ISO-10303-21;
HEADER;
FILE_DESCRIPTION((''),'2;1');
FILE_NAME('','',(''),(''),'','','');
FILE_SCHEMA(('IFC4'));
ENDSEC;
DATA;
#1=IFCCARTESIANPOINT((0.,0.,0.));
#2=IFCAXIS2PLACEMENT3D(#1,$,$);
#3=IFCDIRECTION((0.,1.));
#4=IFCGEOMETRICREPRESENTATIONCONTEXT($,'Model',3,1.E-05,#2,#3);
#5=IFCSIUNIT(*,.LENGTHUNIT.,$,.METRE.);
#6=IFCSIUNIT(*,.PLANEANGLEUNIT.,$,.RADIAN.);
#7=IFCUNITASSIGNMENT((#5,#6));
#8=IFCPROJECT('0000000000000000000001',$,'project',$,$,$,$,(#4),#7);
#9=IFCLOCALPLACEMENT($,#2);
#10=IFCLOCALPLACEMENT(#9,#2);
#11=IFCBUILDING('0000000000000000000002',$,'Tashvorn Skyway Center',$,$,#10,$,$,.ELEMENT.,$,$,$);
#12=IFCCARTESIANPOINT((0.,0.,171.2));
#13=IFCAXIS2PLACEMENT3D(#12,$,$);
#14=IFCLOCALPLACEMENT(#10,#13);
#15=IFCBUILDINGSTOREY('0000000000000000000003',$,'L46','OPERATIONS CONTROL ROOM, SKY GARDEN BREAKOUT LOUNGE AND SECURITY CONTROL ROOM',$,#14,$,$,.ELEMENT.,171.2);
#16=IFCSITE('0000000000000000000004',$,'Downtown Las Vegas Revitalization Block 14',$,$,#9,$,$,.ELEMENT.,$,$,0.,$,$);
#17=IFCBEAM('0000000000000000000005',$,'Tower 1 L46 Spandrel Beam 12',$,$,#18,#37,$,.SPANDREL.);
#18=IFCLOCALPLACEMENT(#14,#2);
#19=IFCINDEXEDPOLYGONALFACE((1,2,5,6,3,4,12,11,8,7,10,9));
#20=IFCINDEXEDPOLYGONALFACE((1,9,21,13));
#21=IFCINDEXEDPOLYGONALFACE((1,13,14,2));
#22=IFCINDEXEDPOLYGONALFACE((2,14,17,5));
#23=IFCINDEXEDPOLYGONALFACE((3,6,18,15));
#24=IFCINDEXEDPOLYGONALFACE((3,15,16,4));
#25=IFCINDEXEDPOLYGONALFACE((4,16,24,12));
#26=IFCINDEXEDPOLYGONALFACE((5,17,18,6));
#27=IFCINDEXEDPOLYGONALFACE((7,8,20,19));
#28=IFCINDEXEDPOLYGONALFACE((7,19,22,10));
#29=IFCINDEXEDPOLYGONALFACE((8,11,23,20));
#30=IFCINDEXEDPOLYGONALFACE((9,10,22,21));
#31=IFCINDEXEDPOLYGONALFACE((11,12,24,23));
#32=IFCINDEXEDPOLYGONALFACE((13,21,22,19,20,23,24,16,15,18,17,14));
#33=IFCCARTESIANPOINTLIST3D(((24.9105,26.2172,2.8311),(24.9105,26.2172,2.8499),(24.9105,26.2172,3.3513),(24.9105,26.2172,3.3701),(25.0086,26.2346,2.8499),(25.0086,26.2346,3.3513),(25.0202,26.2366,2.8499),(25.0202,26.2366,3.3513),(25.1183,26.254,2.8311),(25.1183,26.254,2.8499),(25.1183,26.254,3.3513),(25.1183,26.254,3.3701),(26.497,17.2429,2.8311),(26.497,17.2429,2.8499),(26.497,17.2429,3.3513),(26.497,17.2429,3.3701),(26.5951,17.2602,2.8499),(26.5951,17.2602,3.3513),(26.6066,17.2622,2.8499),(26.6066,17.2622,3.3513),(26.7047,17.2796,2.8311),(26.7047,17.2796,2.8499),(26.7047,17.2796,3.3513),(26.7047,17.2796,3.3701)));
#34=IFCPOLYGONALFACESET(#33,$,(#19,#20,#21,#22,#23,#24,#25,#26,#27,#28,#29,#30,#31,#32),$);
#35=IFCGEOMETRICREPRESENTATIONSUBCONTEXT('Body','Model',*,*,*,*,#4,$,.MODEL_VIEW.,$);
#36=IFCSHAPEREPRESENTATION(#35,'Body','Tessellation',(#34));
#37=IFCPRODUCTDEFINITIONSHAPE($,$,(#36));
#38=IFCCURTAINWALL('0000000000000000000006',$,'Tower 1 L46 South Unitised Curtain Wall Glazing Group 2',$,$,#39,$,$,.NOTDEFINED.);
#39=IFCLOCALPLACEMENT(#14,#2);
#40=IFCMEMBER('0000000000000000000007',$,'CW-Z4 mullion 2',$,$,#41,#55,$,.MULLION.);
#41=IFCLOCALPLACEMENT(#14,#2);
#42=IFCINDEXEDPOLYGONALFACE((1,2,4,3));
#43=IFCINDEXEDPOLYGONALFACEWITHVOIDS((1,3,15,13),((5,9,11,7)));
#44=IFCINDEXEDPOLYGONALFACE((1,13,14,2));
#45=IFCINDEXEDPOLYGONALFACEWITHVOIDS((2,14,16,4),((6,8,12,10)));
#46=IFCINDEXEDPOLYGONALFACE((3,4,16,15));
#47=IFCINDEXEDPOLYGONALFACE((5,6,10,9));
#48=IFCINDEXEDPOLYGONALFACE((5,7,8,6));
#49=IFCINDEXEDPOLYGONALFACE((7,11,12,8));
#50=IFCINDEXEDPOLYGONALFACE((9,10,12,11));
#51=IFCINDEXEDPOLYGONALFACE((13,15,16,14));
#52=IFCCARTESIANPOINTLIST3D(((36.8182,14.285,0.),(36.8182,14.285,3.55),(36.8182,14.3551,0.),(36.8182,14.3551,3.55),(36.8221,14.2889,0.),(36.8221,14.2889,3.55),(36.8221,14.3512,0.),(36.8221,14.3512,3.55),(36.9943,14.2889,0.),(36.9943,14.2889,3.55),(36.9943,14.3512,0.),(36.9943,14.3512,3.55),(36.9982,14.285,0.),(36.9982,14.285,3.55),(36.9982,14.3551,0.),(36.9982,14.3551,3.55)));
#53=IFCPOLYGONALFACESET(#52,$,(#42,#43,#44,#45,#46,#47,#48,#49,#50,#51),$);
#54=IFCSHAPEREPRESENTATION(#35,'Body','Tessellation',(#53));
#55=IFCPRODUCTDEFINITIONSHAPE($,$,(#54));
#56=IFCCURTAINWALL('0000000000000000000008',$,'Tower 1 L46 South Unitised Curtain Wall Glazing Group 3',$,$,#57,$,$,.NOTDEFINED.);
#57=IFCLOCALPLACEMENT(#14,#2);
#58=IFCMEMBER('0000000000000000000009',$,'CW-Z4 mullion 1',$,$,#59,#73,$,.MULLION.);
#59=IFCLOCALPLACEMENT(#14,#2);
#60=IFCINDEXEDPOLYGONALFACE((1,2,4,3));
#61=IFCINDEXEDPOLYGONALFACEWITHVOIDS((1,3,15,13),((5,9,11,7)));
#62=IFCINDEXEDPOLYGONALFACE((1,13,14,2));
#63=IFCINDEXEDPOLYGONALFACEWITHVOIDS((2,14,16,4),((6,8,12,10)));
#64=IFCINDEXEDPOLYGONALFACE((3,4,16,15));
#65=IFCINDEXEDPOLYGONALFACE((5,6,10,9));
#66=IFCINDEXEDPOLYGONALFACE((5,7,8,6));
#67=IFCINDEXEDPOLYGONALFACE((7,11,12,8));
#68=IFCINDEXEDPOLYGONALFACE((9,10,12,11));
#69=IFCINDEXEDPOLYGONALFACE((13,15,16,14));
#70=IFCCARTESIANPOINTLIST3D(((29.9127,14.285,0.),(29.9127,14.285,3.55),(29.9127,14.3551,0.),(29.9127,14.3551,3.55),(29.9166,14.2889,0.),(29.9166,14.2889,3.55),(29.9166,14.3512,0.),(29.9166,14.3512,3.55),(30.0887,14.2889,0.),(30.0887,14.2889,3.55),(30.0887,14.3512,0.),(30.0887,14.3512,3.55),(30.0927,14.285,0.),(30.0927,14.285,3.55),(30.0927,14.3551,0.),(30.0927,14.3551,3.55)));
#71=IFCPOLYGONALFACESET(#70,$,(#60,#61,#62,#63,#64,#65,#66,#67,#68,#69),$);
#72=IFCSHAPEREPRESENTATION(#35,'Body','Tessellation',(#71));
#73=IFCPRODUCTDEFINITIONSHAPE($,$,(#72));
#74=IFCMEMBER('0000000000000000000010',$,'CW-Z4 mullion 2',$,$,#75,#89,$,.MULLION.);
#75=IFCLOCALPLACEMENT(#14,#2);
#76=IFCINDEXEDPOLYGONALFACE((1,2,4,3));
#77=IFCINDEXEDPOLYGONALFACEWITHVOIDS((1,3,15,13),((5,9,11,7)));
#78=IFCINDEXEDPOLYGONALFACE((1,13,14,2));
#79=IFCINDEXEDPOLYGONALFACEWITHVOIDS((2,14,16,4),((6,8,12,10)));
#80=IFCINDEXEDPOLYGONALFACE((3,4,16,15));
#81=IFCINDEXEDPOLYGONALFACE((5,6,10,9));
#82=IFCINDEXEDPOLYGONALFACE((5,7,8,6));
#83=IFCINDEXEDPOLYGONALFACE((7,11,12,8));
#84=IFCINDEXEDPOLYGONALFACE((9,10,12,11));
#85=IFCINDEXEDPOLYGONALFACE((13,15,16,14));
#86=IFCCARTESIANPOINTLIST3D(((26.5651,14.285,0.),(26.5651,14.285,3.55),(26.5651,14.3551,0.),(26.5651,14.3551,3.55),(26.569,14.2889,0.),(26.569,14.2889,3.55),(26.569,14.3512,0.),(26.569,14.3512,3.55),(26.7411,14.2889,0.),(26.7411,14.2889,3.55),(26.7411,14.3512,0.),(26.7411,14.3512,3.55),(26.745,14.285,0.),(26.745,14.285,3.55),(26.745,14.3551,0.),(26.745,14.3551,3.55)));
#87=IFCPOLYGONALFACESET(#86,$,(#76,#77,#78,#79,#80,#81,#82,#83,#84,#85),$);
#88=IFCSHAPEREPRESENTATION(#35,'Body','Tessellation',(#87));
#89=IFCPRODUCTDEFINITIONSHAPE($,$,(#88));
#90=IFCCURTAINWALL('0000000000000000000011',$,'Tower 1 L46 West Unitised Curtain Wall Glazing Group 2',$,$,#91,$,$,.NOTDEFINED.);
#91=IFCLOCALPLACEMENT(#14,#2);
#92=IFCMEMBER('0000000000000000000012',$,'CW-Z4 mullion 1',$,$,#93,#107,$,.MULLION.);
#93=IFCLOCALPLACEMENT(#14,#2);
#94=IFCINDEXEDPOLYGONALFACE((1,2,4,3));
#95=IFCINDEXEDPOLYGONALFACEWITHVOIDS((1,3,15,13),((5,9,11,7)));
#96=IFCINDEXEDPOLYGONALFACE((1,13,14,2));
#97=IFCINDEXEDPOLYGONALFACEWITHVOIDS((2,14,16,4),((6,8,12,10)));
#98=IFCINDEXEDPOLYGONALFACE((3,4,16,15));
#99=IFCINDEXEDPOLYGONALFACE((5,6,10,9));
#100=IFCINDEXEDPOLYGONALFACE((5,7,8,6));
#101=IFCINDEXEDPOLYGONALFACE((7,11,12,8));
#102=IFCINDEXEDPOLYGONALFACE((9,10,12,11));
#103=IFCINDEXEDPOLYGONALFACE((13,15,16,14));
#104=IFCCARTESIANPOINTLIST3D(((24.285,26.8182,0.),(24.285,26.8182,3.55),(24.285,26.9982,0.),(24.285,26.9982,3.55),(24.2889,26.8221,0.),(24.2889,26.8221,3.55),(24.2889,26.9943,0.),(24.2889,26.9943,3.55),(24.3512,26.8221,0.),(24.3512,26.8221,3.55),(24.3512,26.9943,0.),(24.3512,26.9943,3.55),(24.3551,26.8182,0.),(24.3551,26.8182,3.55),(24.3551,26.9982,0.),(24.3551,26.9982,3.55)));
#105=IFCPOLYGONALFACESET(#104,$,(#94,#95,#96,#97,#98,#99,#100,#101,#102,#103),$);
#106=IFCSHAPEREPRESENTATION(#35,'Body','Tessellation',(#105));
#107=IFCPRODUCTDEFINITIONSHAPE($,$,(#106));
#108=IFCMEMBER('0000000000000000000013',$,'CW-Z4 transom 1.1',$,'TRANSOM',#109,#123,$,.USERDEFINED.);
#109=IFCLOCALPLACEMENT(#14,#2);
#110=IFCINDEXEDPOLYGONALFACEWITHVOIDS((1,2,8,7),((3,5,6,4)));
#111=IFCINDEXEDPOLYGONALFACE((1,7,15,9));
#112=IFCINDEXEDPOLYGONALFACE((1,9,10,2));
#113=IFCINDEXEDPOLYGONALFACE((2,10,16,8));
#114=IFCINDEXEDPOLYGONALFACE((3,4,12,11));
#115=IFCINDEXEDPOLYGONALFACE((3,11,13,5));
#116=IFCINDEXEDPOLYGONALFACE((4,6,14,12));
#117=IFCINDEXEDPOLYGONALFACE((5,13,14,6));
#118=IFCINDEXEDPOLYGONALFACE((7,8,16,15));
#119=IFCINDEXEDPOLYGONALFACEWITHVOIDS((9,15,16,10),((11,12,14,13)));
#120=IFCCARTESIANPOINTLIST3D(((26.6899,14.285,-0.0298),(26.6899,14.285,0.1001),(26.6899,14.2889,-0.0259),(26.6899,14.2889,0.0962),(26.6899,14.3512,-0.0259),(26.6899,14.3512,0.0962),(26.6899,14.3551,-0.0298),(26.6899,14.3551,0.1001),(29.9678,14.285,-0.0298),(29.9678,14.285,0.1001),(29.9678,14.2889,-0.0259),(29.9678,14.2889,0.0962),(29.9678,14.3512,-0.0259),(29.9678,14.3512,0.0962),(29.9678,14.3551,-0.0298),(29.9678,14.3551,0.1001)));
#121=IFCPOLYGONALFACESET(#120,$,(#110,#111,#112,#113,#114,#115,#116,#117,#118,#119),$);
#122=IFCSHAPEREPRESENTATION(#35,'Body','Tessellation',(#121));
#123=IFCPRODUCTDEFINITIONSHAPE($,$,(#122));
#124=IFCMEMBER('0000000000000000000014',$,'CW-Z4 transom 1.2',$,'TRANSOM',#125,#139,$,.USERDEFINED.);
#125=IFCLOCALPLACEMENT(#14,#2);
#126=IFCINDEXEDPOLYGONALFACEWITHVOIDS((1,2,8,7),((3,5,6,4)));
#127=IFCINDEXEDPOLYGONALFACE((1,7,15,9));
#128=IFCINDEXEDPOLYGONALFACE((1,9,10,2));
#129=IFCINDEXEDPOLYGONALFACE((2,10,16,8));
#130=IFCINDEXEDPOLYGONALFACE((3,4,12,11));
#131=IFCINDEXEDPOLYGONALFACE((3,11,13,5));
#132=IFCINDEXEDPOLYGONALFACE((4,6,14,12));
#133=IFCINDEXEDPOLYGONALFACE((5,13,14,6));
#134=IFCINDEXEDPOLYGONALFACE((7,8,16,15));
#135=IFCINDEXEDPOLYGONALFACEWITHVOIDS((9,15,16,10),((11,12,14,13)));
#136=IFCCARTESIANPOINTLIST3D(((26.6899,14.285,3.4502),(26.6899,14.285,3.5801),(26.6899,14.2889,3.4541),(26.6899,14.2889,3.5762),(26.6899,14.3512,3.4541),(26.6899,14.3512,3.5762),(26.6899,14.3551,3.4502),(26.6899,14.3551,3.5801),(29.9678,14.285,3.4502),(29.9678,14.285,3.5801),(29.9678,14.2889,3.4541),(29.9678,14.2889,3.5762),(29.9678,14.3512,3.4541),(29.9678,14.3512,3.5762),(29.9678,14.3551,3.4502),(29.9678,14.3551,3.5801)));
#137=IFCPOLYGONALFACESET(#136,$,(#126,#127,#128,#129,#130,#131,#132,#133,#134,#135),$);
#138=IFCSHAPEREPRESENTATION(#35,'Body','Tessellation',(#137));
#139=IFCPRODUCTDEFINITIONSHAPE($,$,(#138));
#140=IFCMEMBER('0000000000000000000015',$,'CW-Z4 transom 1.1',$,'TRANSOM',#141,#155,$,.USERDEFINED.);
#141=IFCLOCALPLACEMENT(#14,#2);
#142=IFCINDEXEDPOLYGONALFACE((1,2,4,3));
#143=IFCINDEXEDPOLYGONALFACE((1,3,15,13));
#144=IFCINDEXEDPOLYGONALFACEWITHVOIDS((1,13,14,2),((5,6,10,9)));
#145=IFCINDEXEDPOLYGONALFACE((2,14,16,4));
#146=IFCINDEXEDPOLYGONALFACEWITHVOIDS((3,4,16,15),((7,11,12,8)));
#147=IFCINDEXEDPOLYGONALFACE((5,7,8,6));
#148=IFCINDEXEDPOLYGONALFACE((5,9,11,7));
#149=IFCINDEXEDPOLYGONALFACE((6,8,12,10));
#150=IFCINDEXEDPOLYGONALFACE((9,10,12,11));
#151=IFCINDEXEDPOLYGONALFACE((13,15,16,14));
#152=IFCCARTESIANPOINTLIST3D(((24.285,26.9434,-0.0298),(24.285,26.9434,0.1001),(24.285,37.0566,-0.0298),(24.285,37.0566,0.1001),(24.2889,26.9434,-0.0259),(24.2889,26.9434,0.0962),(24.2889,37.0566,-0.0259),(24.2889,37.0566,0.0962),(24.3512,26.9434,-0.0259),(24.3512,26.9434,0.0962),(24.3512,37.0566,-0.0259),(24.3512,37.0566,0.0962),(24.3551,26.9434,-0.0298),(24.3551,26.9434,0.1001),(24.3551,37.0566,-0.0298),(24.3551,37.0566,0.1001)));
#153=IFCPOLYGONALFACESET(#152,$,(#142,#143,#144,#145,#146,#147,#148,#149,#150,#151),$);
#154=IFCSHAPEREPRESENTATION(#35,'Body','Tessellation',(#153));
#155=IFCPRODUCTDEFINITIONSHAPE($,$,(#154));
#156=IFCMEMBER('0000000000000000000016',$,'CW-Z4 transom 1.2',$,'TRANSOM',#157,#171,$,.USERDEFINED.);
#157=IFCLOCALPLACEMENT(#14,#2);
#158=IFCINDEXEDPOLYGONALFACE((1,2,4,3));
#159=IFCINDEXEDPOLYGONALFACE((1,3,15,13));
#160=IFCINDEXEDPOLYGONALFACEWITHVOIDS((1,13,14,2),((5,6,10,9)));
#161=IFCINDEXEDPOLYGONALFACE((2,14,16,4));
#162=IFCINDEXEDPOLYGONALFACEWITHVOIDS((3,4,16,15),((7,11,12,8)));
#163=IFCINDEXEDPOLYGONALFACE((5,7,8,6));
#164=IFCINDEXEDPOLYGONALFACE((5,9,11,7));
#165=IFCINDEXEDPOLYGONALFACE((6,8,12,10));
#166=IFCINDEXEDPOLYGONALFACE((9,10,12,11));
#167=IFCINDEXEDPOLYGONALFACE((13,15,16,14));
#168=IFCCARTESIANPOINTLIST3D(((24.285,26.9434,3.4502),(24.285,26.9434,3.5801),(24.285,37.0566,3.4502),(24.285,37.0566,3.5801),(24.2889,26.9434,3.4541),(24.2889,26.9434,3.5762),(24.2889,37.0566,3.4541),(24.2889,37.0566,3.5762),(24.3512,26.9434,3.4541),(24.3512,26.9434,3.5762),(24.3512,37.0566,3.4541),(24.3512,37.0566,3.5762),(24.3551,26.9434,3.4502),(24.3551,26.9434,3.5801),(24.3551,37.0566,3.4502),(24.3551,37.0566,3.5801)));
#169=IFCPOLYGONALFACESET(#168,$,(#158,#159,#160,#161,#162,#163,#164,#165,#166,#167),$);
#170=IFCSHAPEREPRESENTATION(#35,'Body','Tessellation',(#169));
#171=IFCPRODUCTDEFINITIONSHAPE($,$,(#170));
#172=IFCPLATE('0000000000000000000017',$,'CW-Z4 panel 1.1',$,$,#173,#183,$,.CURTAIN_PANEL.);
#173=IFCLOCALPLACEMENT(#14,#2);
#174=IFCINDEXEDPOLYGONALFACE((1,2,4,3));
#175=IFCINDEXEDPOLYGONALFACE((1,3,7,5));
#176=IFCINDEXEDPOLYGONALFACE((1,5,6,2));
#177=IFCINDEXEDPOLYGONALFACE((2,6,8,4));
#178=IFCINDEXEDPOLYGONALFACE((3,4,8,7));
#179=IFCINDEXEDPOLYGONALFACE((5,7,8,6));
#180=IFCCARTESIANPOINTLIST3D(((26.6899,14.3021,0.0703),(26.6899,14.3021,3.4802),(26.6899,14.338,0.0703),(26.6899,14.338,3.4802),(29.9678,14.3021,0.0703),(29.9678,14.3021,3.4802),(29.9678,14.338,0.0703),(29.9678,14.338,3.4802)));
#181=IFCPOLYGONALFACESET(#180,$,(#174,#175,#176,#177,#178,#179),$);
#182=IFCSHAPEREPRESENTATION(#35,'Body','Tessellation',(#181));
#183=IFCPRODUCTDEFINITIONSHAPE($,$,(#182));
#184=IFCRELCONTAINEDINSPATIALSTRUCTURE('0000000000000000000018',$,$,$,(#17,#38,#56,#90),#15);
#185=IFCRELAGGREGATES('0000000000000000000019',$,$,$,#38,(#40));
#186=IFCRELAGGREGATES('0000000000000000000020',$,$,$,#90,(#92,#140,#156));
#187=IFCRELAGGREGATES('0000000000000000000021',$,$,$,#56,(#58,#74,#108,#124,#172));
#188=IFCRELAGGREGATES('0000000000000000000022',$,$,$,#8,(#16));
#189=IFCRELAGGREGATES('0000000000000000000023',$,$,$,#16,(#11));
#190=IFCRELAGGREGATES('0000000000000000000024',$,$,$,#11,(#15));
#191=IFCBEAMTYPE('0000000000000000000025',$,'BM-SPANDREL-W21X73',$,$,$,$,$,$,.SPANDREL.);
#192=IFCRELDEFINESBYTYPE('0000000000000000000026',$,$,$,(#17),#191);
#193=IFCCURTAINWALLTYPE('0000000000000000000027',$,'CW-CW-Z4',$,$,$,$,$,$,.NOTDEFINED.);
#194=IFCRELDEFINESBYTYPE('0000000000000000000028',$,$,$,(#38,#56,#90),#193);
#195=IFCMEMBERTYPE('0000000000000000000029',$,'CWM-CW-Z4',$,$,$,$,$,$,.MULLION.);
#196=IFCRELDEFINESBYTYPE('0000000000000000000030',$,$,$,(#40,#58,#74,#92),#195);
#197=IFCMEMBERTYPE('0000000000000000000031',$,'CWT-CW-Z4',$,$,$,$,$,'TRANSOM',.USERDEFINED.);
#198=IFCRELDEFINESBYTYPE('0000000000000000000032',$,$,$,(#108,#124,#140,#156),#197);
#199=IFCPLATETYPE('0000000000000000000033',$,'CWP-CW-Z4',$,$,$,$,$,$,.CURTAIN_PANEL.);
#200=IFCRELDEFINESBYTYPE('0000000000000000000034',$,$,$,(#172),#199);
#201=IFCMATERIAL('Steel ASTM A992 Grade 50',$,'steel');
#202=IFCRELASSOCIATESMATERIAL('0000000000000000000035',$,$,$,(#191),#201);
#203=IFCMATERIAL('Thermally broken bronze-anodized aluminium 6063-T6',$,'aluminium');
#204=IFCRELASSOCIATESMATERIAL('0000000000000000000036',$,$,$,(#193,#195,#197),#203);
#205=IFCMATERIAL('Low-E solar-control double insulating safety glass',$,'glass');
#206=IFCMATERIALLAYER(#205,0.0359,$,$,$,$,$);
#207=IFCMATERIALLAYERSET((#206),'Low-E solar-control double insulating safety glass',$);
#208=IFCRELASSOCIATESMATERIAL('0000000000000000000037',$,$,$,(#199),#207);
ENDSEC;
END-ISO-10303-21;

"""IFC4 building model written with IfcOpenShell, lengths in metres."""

from ifc_helpers import new_model, si_unit, direction, frame, origin, origin_2d, place, context, subcontext, project, spatial, rectangle, hollow_rectangle, i_section, extrude, material, layer, layer_set, material_profile, profile_set, type_object, element, aggregate, save


model = new_model("IFC4")

# Units and contexts
model_context = context("Model", 3, precision=1e-05, world=origin(), true_north=direction((0.0, 1.0)))
body_context = subcontext(model_context, "Body", "Model", "MODEL_VIEW")
ifc_project = project(units=[si_unit("LENGTHUNIT", "METRE"), si_unit("PLANEANGLEUNIT", "RADIAN")], contexts=[model_context])

# Site, building, storey
site_placement = place(None, origin())
site = spatial("IfcSite", under=ifc_project, at=site_placement, Name="Downtown Las Vegas Revitalization Block 14", CompositionType="ELEMENT", RefElevation=0.0)
building_placement = place(site_placement, origin())
building = spatial("IfcBuilding", under=site, at=building_placement, Name="Tashvorn Skyway Center", CompositionType="ELEMENT")
storey_placement = place(building_placement, frame((0.0, 0.0, 171.2)))
storey = spatial("IfcBuildingStorey", under=building, at=storey_placement, Name="L46", Description="OPERATIONS CONTROL ROOM, SKY GARDEN BREAKOUT LOUNGE AND SECURITY CONTROL ROOM", CompositionType="ELEMENT", Elevation=171.2)

# Beam
ifc_material_1 = material(Name="Steel ASTM A992 Grade 50", Category="steel")
ifc_material_profile_1 = material_profile(ifc_material_1, i_section(OverallWidth=0.2109, OverallDepth=0.5391, WebThickness=0.0117, FlangeThickness=0.0188, at=origin_2d()), Name="W21X73")
ifc_profile_set_1 = profile_set([ifc_material_profile_1], Name="Steel ASTM A992 Grade 50")
beam_type_1 = type_object("IfcBeamType", Name="BM-SPANDREL-W21X73", PredefinedType="SPANDREL", material=ifc_profile_set_1)
beam_1_placement = place(storey_placement, frame((25.0144, 26.2356, 3.1006), z_axis=(0.174074, -0.984733, 0.0), x_axis=(0.984733, 0.174074, 0.0)))
element("IfcBeam", 1, at=beam_1_placement, inside=storey, type_object=beam_type_1, Name="Tower 1 L46 Spandrel Beam 12", PredefinedType="SPANDREL", context=body_context, shape_type="SweptSolid", body=[
    extrude(i_section(OverallWidth=0.2109, OverallDepth=0.5391, WebThickness=0.0117, FlangeThickness=0.0188, at=origin_2d()), origin(), (0.0, 0.0, 1.0), 9.1135),
])

# Curtain wall, member
ifc_material_2 = material(Name="Thermally broken bronze-anodized aluminium 6063-T6", Category="aluminium")
curtain_wall_type = type_object("IfcCurtainWallType", Name="CW-CW-Z4", PredefinedType="NOTDEFINED", material=ifc_material_2)
curtain_wall_1_placement = place(storey_placement, origin())
curtain_wall_1 = element("IfcCurtainWall", 2, at=curtain_wall_1_placement, inside=storey, type_object=curtain_wall_type, Name="Tower 1 L46 South Unitised Curtain Wall Glazing Group 2", PredefinedType="NOTDEFINED")
ifc_material_profile_2 = material_profile(ifc_material_2, hollow_rectangle(XDim=0.0701, YDim=0.1799, WallThickness=0.0039, at=origin_2d()), Name="ALU-MULL-70x180")
ifc_profile_set_2 = profile_set([ifc_material_profile_2], Name="Thermally broken bronze-anodized aluminium 6063-T6")
member_type_1 = type_object("IfcMemberType", Name="CWM-CW-Z4", PredefinedType="MULLION", material=ifc_profile_set_2)
member_1_placement = place(storey_placement, frame((36.9082, 14.3201, 0.0), z_axis=(0.0, 0.0, 1.0), x_axis=(0.0, -1.0, 0.0)))
member_1 = element("IfcMember", 3, at=member_1_placement, type_object=member_type_1, Name="CW-Z4 mullion 2", PredefinedType="MULLION", context=body_context, shape_type="SweptSolid", body=[
    extrude(hollow_rectangle(XDim=0.0701, YDim=0.1799, WallThickness=0.0039, at=origin_2d()), origin(), (0.0, 0.0, 1.0), 3.55),
])
aggregate(curtain_wall_1, [member_1])

# Curtain wall, members
curtain_wall_2_placement = place(storey_placement, origin())
curtain_wall_2 = element("IfcCurtainWall", 4, at=curtain_wall_2_placement, inside=storey, type_object=curtain_wall_type, Name="Tower 1 L46 South Unitised Curtain Wall Glazing Group 3", PredefinedType="NOTDEFINED")
member_2_placement = place(storey_placement, frame((30.0027, 14.3201, 0.0), z_axis=(0.0, 0.0, 1.0), x_axis=(0.0, -1.0, 0.0)))
member_2 = element("IfcMember", 5, at=member_2_placement, type_object=member_type_1, Name="CW-Z4 mullion 1", PredefinedType="MULLION", context=body_context, shape_type="SweptSolid", body=[
    extrude(hollow_rectangle(XDim=0.0701, YDim=0.1799, WallThickness=0.0039, at=origin_2d()), origin(), (0.0, 0.0, 1.0), 3.55),
])
member_3_placement = place(storey_placement, frame((26.655, 14.3201, 0.0), z_axis=(0.0, 0.0, 1.0), x_axis=(0.0, -1.0, 0.0)))
member_3 = element("IfcMember", 6, at=member_3_placement, type_object=member_type_1, Name="CW-Z4 mullion 2", PredefinedType="MULLION", context=body_context, shape_type="SweptSolid", body=[
    extrude(hollow_rectangle(XDim=0.0701, YDim=0.1799, WallThickness=0.0039, at=origin_2d()), origin(), (0.0, 0.0, 1.0), 3.55),
])

# Curtain wall, member
curtain_wall_3_placement = place(storey_placement, origin())
curtain_wall_3 = element("IfcCurtainWall", 7, at=curtain_wall_3_placement, inside=storey, type_object=curtain_wall_type, Name="Tower 1 L46 West Unitised Curtain Wall Glazing Group 2", PredefinedType="NOTDEFINED")
member_4_placement = place(storey_placement, frame((24.3201, 26.9082, 0.0), z_axis=(0.0, 0.0, 1.0), x_axis=(-1.0, 0.0, 0.0)))
member_4 = element("IfcMember", 8, at=member_4_placement, type_object=member_type_1, Name="CW-Z4 mullion 1", PredefinedType="MULLION", context=body_context, shape_type="SweptSolid", body=[
    extrude(hollow_rectangle(XDim=0.0701, YDim=0.1799, WallThickness=0.0039, at=origin_2d()), origin(), (0.0, 0.0, 1.0), 3.55),
])

# Members
ifc_material_profile_3 = material_profile(ifc_material_2, hollow_rectangle(XDim=0.0701, YDim=0.1299, WallThickness=0.0039, at=origin_2d()), Name="ALU-TRAN-70x130")
ifc_profile_set_3 = profile_set([ifc_material_profile_3], Name="Thermally broken bronze-anodized aluminium 6063-T6")
member_type_2 = type_object("IfcMemberType", Name="CWT-CW-Z4", ElementType="TRANSOM", PredefinedType="USERDEFINED", material=ifc_profile_set_3)
member_5_placement = place(storey_placement, frame((29.9678, 14.3201, 0.0352), z_axis=(-1.0, 0.0, 0.0), x_axis=(0.0, -1.0, 0.0)))
member_5 = element("IfcMember", 9, at=member_5_placement, type_object=member_type_2, Name="CW-Z4 transom 1.1", ObjectType="TRANSOM", PredefinedType="USERDEFINED", context=body_context, shape_type="SweptSolid", body=[
    extrude(hollow_rectangle(XDim=0.0701, YDim=0.1299, WallThickness=0.0039, at=origin_2d()), origin(), (0.0, 0.0, 1.0), 3.2778),
])
member_6_placement = place(storey_placement, frame((29.9678, 14.3201, 3.5151), z_axis=(-1.0, 0.0, 0.0), x_axis=(0.0, -1.0, 0.0)))
member_6 = element("IfcMember", 10, at=member_6_placement, type_object=member_type_2, Name="CW-Z4 transom 1.2", ObjectType="TRANSOM", PredefinedType="USERDEFINED", context=body_context, shape_type="SweptSolid", body=[
    extrude(hollow_rectangle(XDim=0.0701, YDim=0.1299, WallThickness=0.0039, at=origin_2d()), origin(), (0.0, 0.0, 1.0), 3.2778),
])
member_7_placement = place(storey_placement, frame((24.3201, 26.9434, 0.0352), z_axis=(0.0, 1.0, 0.0), x_axis=(-1.0, 0.0, 0.0)))
member_7 = element("IfcMember", 11, at=member_7_placement, type_object=member_type_2, Name="CW-Z4 transom 1.1", ObjectType="TRANSOM", PredefinedType="USERDEFINED", context=body_context, shape_type="SweptSolid", body=[
    extrude(hollow_rectangle(XDim=0.0701, YDim=0.1299, WallThickness=0.0039, at=origin_2d()), origin(), (0.0, 0.0, 1.0), 10.1133),
])
member_8_placement = place(storey_placement, frame((24.3201, 26.9434, 3.5151), z_axis=(0.0, 1.0, 0.0), x_axis=(-1.0, 0.0, 0.0)))
member_8 = element("IfcMember", 12, at=member_8_placement, type_object=member_type_2, Name="CW-Z4 transom 1.2", ObjectType="TRANSOM", PredefinedType="USERDEFINED", context=body_context, shape_type="SweptSolid", body=[
    extrude(hollow_rectangle(XDim=0.0701, YDim=0.1299, WallThickness=0.0039, at=origin_2d()), origin(), (0.0, 0.0, 1.0), 10.1133),
])
aggregate(curtain_wall_3, [member_4, member_7, member_8])

# Plate
ifc_material_3 = material(Name="Low-E solar-control double insulating safety glass", Category="glass")
ifc_layer_1 = layer(ifc_material_3, 0.0359)
ifc_layer_set_1 = layer_set([ifc_layer_1], Name="Low-E solar-control double insulating safety glass")
plate_type = type_object("IfcPlateType", Name="CWP-CW-Z4", PredefinedType="CURTAIN_PANEL", material=ifc_layer_set_1)
plate_placement = place(storey_placement, frame((28.3289, 14.3201, 0.0703), z_axis=(0.0, 0.0, 1.0), x_axis=(-1.0, 0.0, 0.0)))
plate = element("IfcPlate", 13, at=plate_placement, type_object=plate_type, Name="CW-Z4 panel 1.1", PredefinedType="CURTAIN_PANEL", context=body_context, shape_type="SweptSolid", body=[
    extrude(rectangle(XDim=3.2778, YDim=0.0359, at=origin_2d()), origin(), (0.0, 0.0, 1.0), 3.4099),
])
aggregate(curtain_wall_2, [member_2, member_3, member_5, member_6, plate])

save(model, "model.ifc")
